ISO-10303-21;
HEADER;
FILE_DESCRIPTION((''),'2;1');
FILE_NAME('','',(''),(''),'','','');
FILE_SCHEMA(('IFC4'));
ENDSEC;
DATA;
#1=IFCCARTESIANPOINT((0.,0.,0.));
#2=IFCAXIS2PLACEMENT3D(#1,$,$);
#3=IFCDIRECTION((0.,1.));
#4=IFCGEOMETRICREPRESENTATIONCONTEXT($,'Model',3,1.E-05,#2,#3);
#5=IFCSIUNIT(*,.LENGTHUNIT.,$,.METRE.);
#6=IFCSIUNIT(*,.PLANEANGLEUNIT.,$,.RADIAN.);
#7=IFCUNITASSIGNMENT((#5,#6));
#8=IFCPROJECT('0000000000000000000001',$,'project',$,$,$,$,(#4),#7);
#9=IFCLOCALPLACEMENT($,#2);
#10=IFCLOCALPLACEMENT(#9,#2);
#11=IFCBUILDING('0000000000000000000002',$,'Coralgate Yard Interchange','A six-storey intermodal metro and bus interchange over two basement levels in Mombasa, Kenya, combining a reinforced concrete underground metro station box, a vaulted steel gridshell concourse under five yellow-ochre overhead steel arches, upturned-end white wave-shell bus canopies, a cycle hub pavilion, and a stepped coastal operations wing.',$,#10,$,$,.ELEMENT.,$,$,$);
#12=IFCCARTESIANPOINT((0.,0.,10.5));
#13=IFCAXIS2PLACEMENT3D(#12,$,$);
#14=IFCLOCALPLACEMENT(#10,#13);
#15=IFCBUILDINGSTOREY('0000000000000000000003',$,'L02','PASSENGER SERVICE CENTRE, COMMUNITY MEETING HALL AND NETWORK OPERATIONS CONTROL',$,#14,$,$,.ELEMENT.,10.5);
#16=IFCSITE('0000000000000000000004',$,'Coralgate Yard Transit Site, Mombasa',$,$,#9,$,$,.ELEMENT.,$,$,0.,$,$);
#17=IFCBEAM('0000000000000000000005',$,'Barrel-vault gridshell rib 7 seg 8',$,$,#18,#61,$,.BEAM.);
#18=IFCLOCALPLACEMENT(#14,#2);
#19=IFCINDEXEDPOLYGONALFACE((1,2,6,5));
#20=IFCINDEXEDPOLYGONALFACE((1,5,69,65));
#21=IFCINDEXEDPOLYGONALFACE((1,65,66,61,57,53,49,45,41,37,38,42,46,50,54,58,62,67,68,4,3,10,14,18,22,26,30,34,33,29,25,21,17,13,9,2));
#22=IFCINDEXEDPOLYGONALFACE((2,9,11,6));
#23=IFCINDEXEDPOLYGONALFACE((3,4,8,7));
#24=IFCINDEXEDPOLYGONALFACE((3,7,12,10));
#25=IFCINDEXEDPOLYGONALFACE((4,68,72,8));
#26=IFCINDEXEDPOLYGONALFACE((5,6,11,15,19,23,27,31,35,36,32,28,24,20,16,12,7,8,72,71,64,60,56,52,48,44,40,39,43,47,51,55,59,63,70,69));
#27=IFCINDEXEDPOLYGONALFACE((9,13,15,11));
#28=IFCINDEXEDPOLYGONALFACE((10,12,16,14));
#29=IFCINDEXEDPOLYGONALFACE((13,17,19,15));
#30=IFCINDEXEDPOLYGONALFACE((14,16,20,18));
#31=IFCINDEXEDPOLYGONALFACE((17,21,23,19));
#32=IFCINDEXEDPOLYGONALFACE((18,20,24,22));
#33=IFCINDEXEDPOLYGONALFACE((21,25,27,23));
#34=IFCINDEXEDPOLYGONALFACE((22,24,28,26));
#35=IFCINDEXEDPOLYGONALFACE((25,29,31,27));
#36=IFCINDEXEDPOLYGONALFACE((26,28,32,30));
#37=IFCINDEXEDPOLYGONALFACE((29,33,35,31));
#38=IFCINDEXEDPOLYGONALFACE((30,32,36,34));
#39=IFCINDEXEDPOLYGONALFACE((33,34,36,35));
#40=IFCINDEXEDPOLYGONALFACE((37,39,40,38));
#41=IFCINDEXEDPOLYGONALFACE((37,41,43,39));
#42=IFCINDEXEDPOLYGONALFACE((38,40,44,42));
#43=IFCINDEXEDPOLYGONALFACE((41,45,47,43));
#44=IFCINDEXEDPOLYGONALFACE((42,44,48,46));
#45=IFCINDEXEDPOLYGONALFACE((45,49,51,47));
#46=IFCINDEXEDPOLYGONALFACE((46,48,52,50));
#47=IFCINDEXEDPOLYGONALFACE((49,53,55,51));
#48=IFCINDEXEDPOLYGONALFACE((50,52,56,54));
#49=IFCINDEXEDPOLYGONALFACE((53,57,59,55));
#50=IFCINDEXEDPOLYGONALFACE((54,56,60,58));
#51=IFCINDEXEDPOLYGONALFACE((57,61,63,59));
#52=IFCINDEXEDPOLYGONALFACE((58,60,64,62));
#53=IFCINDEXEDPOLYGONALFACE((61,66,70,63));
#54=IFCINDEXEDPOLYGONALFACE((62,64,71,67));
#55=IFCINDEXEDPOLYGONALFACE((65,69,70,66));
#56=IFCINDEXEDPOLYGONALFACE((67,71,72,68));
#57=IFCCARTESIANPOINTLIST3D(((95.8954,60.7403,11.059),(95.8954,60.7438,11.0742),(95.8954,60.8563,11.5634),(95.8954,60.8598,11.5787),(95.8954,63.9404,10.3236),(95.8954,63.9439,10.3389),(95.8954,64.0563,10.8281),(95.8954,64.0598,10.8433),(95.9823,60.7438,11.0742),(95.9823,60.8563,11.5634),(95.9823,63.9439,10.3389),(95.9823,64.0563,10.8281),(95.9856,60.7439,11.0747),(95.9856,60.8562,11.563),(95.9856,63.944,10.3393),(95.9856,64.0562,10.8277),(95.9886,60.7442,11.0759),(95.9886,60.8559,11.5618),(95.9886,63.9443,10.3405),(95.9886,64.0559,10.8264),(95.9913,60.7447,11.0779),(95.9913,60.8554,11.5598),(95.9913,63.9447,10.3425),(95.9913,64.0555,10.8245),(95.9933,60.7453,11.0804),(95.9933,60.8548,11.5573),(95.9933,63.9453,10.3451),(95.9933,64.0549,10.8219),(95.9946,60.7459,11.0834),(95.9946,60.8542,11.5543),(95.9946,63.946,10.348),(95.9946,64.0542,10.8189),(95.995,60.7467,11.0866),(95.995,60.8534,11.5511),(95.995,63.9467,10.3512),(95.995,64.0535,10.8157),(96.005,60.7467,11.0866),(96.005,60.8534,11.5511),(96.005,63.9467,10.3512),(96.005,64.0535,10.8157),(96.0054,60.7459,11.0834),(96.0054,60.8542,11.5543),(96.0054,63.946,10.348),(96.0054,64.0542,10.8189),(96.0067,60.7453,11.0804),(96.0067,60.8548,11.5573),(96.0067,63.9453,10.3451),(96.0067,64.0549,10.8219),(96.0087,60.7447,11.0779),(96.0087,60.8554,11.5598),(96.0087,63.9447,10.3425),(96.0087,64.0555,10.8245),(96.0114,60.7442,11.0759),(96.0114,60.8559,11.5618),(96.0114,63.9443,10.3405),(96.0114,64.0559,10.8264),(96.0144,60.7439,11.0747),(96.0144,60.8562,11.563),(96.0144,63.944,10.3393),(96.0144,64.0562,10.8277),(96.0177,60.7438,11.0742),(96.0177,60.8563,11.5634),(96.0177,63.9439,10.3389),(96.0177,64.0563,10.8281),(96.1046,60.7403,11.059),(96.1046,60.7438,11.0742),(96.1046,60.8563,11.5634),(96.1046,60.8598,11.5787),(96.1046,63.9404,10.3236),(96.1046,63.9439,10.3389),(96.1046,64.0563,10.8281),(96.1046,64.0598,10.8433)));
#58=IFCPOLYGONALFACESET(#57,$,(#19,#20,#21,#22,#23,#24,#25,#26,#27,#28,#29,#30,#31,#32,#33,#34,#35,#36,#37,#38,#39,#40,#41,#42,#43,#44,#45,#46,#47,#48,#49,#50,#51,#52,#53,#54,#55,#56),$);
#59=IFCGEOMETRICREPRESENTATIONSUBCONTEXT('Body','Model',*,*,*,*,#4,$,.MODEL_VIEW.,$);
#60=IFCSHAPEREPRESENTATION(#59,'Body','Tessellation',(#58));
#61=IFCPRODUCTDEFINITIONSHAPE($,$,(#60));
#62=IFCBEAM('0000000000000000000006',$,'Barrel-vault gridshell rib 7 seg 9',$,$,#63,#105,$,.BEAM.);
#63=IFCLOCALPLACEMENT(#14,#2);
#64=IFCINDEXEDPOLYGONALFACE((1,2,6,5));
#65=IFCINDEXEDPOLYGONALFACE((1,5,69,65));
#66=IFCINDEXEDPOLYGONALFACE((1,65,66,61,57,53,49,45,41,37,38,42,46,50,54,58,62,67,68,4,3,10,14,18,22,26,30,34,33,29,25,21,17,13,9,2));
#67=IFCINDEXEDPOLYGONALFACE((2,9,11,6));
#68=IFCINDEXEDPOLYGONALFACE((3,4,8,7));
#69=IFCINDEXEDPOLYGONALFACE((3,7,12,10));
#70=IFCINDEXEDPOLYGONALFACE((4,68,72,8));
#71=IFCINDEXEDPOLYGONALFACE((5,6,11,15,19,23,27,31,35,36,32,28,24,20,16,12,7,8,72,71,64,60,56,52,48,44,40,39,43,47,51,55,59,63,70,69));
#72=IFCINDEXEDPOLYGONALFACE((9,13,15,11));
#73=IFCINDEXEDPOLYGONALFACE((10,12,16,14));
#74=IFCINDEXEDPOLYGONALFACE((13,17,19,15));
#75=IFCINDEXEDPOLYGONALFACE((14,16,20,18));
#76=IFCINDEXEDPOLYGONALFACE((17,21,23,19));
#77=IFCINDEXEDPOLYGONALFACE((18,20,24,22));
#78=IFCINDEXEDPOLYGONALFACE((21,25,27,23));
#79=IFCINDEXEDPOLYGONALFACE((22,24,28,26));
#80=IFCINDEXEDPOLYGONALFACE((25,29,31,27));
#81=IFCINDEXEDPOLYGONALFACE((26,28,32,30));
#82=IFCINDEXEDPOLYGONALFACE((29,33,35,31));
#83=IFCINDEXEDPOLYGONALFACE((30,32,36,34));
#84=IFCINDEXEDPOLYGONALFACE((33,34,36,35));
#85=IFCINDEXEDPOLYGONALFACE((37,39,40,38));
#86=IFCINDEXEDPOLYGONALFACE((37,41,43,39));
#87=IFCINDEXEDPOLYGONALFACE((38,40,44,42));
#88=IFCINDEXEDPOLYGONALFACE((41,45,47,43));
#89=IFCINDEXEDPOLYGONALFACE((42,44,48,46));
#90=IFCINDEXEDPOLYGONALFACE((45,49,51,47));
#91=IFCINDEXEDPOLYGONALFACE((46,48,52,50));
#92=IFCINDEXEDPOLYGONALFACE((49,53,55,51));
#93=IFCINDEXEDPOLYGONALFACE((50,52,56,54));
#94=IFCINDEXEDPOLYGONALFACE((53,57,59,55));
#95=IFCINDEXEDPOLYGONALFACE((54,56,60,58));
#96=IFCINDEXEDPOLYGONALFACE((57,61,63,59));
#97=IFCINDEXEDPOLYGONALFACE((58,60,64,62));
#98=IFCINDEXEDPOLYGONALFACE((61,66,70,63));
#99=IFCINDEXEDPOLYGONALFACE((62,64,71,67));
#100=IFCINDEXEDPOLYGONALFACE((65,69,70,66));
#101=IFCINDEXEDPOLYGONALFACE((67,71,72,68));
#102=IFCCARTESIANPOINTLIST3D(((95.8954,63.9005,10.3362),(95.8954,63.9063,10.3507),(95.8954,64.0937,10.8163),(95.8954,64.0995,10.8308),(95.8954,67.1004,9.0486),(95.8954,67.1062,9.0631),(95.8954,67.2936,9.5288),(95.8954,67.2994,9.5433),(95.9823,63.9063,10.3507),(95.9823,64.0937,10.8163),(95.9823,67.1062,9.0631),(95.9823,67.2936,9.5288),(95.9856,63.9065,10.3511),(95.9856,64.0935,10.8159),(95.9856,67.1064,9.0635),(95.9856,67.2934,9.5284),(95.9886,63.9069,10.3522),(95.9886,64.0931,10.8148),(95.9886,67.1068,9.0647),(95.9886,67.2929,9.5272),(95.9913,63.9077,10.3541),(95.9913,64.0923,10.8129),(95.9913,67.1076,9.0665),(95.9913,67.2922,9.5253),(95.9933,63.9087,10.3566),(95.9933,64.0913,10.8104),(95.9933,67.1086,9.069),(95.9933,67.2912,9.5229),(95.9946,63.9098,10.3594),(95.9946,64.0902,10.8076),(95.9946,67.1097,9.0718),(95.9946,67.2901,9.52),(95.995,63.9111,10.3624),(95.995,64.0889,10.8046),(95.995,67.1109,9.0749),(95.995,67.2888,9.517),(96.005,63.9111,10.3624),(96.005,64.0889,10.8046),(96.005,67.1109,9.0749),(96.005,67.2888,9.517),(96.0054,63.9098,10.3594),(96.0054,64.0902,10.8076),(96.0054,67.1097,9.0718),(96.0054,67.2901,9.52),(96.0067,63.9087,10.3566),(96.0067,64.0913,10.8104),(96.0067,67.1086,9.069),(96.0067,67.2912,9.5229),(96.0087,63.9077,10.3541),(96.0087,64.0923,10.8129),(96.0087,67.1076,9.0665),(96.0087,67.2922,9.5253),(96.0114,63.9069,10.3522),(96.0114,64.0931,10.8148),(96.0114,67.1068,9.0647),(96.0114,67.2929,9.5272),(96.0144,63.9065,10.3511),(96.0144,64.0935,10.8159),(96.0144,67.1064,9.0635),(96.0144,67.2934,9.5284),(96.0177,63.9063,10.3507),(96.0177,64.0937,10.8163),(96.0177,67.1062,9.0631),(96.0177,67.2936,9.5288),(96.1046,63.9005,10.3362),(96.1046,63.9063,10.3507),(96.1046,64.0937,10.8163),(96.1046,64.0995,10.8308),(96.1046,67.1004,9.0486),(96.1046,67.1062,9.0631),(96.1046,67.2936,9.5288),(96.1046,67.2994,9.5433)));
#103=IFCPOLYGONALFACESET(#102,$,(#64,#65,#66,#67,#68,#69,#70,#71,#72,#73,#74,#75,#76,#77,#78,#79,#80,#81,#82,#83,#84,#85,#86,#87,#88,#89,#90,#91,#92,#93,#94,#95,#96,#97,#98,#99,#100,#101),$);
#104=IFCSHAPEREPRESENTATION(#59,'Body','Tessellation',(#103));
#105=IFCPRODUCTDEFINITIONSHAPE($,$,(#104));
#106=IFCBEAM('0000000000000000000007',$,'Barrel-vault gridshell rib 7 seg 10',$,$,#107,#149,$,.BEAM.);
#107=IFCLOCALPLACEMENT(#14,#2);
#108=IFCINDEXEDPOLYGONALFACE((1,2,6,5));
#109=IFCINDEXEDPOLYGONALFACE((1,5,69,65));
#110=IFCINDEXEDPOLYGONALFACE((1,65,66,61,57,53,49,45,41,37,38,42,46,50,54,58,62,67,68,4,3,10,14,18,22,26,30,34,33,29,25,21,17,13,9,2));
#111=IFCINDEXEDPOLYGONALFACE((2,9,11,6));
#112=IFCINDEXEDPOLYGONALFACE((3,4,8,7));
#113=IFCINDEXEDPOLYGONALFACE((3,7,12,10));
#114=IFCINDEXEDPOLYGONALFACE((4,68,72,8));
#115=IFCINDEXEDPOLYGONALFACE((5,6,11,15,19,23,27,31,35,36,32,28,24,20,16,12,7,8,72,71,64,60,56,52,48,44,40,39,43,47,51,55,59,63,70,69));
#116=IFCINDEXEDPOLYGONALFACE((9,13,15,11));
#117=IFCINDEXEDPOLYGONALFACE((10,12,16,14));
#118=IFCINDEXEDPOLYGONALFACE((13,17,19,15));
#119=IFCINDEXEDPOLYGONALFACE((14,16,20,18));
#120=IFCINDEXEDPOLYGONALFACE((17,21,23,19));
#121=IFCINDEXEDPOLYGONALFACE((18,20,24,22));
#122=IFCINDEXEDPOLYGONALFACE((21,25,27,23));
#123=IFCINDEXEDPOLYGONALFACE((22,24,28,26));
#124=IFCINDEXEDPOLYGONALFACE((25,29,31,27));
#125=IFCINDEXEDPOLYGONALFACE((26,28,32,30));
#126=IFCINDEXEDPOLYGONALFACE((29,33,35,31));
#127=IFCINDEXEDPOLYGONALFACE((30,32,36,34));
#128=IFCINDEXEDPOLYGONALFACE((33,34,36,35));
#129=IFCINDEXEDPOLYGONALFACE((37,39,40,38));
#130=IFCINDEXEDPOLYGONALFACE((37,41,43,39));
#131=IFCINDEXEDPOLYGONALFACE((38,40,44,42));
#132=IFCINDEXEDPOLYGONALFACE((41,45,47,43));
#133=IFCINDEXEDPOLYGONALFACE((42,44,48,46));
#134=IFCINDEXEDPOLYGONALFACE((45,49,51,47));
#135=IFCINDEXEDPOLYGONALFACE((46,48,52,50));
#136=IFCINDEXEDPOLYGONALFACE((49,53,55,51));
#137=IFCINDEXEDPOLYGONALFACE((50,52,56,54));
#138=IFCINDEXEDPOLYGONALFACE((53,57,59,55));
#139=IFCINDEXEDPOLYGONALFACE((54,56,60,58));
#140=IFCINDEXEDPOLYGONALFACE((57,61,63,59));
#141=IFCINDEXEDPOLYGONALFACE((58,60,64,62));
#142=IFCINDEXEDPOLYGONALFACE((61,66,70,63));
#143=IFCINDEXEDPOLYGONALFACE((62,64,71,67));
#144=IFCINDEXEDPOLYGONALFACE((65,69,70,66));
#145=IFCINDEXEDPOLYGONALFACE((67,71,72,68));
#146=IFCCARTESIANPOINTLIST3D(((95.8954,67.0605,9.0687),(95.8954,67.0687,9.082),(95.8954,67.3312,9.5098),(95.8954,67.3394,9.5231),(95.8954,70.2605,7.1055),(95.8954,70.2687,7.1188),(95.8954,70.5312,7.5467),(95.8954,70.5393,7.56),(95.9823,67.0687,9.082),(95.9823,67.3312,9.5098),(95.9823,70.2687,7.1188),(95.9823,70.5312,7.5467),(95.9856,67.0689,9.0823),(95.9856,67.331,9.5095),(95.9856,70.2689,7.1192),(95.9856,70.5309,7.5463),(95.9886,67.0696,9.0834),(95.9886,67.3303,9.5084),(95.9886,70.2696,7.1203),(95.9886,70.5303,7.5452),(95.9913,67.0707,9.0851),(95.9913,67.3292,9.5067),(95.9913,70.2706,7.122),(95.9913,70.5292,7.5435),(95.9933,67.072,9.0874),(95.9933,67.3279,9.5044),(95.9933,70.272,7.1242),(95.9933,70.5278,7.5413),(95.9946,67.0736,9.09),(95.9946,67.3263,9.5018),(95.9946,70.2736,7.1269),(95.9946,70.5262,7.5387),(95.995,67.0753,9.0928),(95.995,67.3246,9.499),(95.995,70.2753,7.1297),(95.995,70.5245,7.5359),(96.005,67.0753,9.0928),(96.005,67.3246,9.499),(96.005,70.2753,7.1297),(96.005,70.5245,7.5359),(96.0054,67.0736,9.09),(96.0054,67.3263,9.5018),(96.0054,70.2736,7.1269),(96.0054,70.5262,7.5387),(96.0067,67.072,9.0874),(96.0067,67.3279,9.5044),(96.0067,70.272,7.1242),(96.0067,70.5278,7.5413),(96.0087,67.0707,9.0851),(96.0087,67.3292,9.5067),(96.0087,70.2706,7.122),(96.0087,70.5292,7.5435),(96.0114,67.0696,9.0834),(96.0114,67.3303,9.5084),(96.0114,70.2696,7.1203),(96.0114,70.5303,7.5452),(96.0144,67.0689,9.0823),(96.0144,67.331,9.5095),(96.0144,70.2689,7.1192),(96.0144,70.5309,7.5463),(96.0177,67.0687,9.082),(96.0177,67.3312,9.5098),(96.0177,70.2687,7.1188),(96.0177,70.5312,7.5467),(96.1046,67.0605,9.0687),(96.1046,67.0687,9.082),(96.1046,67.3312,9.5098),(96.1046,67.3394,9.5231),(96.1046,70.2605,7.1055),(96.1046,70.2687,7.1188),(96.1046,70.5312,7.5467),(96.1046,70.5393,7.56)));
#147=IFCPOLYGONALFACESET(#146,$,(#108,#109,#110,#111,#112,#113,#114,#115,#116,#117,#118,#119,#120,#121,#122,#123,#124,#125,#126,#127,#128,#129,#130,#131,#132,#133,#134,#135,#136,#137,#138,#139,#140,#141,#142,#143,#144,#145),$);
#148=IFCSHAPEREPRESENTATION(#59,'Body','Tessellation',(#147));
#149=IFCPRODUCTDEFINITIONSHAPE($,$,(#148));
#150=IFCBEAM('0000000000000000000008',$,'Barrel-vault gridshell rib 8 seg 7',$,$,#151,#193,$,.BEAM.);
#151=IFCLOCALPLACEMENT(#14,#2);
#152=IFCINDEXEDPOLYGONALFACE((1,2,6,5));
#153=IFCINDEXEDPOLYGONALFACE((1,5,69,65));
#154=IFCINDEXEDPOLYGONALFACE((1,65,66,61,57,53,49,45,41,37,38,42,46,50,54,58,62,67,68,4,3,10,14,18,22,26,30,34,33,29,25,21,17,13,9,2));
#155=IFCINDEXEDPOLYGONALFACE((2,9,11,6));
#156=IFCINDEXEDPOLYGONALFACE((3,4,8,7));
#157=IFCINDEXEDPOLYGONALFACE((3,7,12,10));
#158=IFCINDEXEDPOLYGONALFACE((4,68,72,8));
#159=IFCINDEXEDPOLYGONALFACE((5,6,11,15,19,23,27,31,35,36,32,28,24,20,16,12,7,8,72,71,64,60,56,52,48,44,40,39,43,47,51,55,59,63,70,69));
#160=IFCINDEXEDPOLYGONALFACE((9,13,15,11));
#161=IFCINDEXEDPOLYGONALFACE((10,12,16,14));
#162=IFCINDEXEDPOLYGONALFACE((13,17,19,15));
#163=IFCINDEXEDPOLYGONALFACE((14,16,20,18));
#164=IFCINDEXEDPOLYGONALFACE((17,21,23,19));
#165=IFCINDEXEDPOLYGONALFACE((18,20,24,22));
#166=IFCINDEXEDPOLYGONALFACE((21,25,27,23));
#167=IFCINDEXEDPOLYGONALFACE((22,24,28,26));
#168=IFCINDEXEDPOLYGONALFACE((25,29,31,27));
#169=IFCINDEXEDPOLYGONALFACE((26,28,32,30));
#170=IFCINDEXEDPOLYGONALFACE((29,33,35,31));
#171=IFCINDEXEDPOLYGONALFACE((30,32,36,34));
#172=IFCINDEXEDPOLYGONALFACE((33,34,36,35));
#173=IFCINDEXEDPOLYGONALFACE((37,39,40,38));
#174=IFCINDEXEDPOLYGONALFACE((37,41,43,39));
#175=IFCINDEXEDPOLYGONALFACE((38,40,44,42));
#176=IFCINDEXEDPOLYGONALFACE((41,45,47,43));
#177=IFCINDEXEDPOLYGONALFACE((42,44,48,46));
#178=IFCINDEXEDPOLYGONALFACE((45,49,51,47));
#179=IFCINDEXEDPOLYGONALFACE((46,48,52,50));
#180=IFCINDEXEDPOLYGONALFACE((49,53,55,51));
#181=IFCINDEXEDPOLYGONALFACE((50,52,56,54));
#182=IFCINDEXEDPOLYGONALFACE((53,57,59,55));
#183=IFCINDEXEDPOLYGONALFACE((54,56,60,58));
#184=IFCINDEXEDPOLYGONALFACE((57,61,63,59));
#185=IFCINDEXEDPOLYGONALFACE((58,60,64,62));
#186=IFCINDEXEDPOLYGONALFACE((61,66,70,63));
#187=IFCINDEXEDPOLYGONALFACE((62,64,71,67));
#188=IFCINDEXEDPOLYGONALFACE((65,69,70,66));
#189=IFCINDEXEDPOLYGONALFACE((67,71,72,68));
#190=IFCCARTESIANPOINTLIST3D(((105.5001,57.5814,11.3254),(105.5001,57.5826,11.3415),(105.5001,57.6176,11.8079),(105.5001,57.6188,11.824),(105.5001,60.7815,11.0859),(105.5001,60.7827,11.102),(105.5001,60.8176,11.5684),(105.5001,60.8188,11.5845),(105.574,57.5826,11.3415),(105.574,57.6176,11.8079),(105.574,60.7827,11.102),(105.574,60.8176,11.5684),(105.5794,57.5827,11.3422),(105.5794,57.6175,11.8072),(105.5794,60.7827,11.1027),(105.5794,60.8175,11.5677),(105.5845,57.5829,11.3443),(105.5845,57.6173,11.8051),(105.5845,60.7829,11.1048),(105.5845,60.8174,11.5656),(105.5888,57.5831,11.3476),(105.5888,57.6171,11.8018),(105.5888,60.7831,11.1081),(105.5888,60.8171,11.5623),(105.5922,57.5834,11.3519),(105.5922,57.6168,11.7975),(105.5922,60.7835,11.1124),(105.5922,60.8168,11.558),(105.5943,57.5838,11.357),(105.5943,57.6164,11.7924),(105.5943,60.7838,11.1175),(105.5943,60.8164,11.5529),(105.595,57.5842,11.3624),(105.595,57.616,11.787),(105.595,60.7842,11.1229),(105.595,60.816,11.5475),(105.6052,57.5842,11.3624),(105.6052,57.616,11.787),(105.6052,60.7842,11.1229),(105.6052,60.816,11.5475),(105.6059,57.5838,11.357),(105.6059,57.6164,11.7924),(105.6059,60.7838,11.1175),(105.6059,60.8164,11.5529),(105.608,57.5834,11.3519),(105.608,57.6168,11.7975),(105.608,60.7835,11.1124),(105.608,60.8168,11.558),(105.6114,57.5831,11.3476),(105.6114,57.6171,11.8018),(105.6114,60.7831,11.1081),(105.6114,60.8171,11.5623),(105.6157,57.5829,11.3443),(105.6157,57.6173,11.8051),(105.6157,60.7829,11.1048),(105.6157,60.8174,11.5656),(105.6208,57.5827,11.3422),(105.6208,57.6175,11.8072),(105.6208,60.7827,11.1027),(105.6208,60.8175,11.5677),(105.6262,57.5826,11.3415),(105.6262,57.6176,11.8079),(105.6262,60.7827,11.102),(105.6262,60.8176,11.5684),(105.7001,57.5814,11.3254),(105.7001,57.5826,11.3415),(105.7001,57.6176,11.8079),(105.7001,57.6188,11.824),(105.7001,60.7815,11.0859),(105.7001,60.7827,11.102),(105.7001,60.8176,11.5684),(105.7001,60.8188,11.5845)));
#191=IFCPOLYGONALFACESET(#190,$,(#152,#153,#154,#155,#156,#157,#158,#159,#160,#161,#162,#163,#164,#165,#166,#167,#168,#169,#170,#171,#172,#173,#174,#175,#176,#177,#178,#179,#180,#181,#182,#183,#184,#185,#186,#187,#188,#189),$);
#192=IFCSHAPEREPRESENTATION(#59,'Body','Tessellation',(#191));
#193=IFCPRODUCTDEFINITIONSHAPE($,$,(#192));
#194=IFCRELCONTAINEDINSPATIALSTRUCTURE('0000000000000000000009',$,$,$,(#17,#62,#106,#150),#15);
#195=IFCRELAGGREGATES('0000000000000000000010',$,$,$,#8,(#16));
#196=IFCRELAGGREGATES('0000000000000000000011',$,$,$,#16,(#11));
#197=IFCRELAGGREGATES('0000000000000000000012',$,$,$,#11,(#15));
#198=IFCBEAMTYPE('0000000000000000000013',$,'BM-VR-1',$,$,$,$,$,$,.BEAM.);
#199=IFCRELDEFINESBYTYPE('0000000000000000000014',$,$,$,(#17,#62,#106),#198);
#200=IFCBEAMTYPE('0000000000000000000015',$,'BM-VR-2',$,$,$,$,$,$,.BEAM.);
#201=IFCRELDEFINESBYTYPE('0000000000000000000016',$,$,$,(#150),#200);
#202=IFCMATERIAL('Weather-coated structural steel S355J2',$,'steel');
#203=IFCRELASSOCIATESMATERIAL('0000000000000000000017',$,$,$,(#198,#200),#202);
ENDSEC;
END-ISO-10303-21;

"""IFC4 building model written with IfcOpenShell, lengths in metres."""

from ifc_helpers import new_model, si_unit, direction, frame, origin, origin_2d, place, context, subcontext, project, spatial, i_section, extrude, material, material_profile, profile_set, type_object, element, save


model = new_model("IFC4")

# Units and contexts
model_context = context("Model", 3, precision=1e-05, world=origin(), true_north=direction((0.0, 1.0)))
body_context = subcontext(model_context, "Body", "Model", "MODEL_VIEW")
ifc_project = project(units=[si_unit("LENGTHUNIT", "METRE"), si_unit("PLANEANGLEUNIT", "RADIAN")], contexts=[model_context])

# Site, building, storey
site_placement = place(None, origin())
site = spatial("IfcSite", under=ifc_project, at=site_placement, Name="Coralgate Yard Transit Site, Mombasa", CompositionType="ELEMENT", RefElevation=0.0)
building_placement = place(site_placement, origin())
building = spatial("IfcBuilding", under=site, at=building_placement, Name="Coralgate Yard Interchange", Description="A six-storey intermodal metro and bus interchange over two basement levels in Mombasa, Kenya, combining a reinforced concrete underground metro station box, a vaulted steel gridshell concourse under five yellow-ochre overhead steel arches, upturned-end white wave-shell bus canopies, a cycle hub pavilion, and a stepped coastal operations wing.", CompositionType="ELEMENT")
storey_placement = place(building_placement, frame((0.0, 0.0, 10.5)))
storey = spatial("IfcBuildingStorey", under=building, at=storey_placement, Name="L02", Description="PASSENGER SERVICE CENTRE, COMMUNITY MEETING HALL AND NETWORK OPERATIONS CONTROL", CompositionType="ELEMENT", Elevation=10.5)

# Beams
ifc_material_1 = material(Name="Weather-coated structural steel S355J2", Category="steel")
ifc_material_profile_1 = material_profile(ifc_material_1, i_section(OverallWidth=0.2092, OverallDepth=0.5332, WebThickness=0.01, FlangeThickness=0.0156, FilletRadius=0.0127, at=origin_2d()), Name="UB 533x210x92")
ifc_profile_set_1 = profile_set([ifc_material_profile_1], Name="Weather-coated structural steel S355J2")
beam_type_1 = type_object("IfcBeamType", Name="BM-VR-1", PredefinedType="BEAM", material=ifc_profile_set_1)
beam_1_placement = place(storey_placement, frame((96.0, 60.8, 11.3188), z_axis=(0.0, 0.974598, -0.223963), x_axis=(-1.0, 0.0, 0.0)))
element("IfcBeam", 1, at=beam_1_placement, inside=storey, type_object=beam_type_1, Name="Barrel-vault gridshell rib 7 seg 8", PredefinedType="BEAM", context=body_context, shape_type="SweptSolid", body=[
    extrude(i_section(OverallWidth=0.2092, OverallDepth=0.5332, WebThickness=0.01, FlangeThickness=0.0156, FilletRadius=0.0127, at=origin_2d()), origin(), (0.0, 0.0, 1.0), 3.2834),
])
beam_2_placement = place(storey_placement, frame((96.0, 64.0, 10.5835), z_axis=(0.0, 0.927713, -0.373294), x_axis=(-1.0, 0.0, 0.0)))
element("IfcBeam", 2, at=beam_2_placement, inside=storey, type_object=beam_type_1, Name="Barrel-vault gridshell rib 7 seg 9", PredefinedType="BEAM", context=body_context, shape_type="SweptSolid", body=[
    extrude(i_section(OverallWidth=0.2092, OverallDepth=0.5332, WebThickness=0.01, FlangeThickness=0.0156, FilletRadius=0.0127, at=origin_2d()), origin(), (0.0, 0.0, 1.0), 3.4492),
])
beam_3_placement = place(storey_placement, frame((96.0, 67.2, 9.2959), z_axis=(0.0, 0.852379, -0.522925), x_axis=(-1.0, 0.0, 0.0)))
element("IfcBeam", 3, at=beam_3_placement, inside=storey, type_object=beam_type_1, Name="Barrel-vault gridshell rib 7 seg 10", PredefinedType="BEAM", context=body_context, shape_type="SweptSolid", body=[
    extrude(i_section(OverallWidth=0.2092, OverallDepth=0.5332, WebThickness=0.01, FlangeThickness=0.0156, FilletRadius=0.0127, at=origin_2d()), origin(), (0.0, 0.0, 1.0), 3.7542),
])
ifc_material_profile_2 = material_profile(ifc_material_1, i_section(OverallWidth=0.2, OverallDepth=0.5, WebThickness=0.0103, FlangeThickness=0.0161, FilletRadius=0.021, at=origin_2d()), Name="IPE 500")
ifc_profile_set_2 = profile_set([ifc_material_profile_2], Name="Weather-coated structural steel S355J2")
beam_type_2 = type_object("IfcBeamType", Name="BM-VR-2", PredefinedType="BEAM", material=ifc_profile_set_2)
beam_4_placement = place(storey_placement, frame((105.6001, 57.6001, 11.5747), z_axis=(0.0, 0.997211, -0.074637), x_axis=(-1.0, 0.0, 0.0)))
element("IfcBeam", 4, at=beam_4_placement, inside=storey, type_object=beam_type_2, Name="Barrel-vault gridshell rib 8 seg 7", PredefinedType="BEAM", context=body_context, shape_type="SweptSolid", body=[
    extrude(i_section(OverallWidth=0.2, OverallDepth=0.5, WebThickness=0.0103, FlangeThickness=0.0161, FilletRadius=0.021, at=origin_2d()), origin(), (0.0, 0.0, 1.0), 3.209),
])

save(model, "model.ifc")
